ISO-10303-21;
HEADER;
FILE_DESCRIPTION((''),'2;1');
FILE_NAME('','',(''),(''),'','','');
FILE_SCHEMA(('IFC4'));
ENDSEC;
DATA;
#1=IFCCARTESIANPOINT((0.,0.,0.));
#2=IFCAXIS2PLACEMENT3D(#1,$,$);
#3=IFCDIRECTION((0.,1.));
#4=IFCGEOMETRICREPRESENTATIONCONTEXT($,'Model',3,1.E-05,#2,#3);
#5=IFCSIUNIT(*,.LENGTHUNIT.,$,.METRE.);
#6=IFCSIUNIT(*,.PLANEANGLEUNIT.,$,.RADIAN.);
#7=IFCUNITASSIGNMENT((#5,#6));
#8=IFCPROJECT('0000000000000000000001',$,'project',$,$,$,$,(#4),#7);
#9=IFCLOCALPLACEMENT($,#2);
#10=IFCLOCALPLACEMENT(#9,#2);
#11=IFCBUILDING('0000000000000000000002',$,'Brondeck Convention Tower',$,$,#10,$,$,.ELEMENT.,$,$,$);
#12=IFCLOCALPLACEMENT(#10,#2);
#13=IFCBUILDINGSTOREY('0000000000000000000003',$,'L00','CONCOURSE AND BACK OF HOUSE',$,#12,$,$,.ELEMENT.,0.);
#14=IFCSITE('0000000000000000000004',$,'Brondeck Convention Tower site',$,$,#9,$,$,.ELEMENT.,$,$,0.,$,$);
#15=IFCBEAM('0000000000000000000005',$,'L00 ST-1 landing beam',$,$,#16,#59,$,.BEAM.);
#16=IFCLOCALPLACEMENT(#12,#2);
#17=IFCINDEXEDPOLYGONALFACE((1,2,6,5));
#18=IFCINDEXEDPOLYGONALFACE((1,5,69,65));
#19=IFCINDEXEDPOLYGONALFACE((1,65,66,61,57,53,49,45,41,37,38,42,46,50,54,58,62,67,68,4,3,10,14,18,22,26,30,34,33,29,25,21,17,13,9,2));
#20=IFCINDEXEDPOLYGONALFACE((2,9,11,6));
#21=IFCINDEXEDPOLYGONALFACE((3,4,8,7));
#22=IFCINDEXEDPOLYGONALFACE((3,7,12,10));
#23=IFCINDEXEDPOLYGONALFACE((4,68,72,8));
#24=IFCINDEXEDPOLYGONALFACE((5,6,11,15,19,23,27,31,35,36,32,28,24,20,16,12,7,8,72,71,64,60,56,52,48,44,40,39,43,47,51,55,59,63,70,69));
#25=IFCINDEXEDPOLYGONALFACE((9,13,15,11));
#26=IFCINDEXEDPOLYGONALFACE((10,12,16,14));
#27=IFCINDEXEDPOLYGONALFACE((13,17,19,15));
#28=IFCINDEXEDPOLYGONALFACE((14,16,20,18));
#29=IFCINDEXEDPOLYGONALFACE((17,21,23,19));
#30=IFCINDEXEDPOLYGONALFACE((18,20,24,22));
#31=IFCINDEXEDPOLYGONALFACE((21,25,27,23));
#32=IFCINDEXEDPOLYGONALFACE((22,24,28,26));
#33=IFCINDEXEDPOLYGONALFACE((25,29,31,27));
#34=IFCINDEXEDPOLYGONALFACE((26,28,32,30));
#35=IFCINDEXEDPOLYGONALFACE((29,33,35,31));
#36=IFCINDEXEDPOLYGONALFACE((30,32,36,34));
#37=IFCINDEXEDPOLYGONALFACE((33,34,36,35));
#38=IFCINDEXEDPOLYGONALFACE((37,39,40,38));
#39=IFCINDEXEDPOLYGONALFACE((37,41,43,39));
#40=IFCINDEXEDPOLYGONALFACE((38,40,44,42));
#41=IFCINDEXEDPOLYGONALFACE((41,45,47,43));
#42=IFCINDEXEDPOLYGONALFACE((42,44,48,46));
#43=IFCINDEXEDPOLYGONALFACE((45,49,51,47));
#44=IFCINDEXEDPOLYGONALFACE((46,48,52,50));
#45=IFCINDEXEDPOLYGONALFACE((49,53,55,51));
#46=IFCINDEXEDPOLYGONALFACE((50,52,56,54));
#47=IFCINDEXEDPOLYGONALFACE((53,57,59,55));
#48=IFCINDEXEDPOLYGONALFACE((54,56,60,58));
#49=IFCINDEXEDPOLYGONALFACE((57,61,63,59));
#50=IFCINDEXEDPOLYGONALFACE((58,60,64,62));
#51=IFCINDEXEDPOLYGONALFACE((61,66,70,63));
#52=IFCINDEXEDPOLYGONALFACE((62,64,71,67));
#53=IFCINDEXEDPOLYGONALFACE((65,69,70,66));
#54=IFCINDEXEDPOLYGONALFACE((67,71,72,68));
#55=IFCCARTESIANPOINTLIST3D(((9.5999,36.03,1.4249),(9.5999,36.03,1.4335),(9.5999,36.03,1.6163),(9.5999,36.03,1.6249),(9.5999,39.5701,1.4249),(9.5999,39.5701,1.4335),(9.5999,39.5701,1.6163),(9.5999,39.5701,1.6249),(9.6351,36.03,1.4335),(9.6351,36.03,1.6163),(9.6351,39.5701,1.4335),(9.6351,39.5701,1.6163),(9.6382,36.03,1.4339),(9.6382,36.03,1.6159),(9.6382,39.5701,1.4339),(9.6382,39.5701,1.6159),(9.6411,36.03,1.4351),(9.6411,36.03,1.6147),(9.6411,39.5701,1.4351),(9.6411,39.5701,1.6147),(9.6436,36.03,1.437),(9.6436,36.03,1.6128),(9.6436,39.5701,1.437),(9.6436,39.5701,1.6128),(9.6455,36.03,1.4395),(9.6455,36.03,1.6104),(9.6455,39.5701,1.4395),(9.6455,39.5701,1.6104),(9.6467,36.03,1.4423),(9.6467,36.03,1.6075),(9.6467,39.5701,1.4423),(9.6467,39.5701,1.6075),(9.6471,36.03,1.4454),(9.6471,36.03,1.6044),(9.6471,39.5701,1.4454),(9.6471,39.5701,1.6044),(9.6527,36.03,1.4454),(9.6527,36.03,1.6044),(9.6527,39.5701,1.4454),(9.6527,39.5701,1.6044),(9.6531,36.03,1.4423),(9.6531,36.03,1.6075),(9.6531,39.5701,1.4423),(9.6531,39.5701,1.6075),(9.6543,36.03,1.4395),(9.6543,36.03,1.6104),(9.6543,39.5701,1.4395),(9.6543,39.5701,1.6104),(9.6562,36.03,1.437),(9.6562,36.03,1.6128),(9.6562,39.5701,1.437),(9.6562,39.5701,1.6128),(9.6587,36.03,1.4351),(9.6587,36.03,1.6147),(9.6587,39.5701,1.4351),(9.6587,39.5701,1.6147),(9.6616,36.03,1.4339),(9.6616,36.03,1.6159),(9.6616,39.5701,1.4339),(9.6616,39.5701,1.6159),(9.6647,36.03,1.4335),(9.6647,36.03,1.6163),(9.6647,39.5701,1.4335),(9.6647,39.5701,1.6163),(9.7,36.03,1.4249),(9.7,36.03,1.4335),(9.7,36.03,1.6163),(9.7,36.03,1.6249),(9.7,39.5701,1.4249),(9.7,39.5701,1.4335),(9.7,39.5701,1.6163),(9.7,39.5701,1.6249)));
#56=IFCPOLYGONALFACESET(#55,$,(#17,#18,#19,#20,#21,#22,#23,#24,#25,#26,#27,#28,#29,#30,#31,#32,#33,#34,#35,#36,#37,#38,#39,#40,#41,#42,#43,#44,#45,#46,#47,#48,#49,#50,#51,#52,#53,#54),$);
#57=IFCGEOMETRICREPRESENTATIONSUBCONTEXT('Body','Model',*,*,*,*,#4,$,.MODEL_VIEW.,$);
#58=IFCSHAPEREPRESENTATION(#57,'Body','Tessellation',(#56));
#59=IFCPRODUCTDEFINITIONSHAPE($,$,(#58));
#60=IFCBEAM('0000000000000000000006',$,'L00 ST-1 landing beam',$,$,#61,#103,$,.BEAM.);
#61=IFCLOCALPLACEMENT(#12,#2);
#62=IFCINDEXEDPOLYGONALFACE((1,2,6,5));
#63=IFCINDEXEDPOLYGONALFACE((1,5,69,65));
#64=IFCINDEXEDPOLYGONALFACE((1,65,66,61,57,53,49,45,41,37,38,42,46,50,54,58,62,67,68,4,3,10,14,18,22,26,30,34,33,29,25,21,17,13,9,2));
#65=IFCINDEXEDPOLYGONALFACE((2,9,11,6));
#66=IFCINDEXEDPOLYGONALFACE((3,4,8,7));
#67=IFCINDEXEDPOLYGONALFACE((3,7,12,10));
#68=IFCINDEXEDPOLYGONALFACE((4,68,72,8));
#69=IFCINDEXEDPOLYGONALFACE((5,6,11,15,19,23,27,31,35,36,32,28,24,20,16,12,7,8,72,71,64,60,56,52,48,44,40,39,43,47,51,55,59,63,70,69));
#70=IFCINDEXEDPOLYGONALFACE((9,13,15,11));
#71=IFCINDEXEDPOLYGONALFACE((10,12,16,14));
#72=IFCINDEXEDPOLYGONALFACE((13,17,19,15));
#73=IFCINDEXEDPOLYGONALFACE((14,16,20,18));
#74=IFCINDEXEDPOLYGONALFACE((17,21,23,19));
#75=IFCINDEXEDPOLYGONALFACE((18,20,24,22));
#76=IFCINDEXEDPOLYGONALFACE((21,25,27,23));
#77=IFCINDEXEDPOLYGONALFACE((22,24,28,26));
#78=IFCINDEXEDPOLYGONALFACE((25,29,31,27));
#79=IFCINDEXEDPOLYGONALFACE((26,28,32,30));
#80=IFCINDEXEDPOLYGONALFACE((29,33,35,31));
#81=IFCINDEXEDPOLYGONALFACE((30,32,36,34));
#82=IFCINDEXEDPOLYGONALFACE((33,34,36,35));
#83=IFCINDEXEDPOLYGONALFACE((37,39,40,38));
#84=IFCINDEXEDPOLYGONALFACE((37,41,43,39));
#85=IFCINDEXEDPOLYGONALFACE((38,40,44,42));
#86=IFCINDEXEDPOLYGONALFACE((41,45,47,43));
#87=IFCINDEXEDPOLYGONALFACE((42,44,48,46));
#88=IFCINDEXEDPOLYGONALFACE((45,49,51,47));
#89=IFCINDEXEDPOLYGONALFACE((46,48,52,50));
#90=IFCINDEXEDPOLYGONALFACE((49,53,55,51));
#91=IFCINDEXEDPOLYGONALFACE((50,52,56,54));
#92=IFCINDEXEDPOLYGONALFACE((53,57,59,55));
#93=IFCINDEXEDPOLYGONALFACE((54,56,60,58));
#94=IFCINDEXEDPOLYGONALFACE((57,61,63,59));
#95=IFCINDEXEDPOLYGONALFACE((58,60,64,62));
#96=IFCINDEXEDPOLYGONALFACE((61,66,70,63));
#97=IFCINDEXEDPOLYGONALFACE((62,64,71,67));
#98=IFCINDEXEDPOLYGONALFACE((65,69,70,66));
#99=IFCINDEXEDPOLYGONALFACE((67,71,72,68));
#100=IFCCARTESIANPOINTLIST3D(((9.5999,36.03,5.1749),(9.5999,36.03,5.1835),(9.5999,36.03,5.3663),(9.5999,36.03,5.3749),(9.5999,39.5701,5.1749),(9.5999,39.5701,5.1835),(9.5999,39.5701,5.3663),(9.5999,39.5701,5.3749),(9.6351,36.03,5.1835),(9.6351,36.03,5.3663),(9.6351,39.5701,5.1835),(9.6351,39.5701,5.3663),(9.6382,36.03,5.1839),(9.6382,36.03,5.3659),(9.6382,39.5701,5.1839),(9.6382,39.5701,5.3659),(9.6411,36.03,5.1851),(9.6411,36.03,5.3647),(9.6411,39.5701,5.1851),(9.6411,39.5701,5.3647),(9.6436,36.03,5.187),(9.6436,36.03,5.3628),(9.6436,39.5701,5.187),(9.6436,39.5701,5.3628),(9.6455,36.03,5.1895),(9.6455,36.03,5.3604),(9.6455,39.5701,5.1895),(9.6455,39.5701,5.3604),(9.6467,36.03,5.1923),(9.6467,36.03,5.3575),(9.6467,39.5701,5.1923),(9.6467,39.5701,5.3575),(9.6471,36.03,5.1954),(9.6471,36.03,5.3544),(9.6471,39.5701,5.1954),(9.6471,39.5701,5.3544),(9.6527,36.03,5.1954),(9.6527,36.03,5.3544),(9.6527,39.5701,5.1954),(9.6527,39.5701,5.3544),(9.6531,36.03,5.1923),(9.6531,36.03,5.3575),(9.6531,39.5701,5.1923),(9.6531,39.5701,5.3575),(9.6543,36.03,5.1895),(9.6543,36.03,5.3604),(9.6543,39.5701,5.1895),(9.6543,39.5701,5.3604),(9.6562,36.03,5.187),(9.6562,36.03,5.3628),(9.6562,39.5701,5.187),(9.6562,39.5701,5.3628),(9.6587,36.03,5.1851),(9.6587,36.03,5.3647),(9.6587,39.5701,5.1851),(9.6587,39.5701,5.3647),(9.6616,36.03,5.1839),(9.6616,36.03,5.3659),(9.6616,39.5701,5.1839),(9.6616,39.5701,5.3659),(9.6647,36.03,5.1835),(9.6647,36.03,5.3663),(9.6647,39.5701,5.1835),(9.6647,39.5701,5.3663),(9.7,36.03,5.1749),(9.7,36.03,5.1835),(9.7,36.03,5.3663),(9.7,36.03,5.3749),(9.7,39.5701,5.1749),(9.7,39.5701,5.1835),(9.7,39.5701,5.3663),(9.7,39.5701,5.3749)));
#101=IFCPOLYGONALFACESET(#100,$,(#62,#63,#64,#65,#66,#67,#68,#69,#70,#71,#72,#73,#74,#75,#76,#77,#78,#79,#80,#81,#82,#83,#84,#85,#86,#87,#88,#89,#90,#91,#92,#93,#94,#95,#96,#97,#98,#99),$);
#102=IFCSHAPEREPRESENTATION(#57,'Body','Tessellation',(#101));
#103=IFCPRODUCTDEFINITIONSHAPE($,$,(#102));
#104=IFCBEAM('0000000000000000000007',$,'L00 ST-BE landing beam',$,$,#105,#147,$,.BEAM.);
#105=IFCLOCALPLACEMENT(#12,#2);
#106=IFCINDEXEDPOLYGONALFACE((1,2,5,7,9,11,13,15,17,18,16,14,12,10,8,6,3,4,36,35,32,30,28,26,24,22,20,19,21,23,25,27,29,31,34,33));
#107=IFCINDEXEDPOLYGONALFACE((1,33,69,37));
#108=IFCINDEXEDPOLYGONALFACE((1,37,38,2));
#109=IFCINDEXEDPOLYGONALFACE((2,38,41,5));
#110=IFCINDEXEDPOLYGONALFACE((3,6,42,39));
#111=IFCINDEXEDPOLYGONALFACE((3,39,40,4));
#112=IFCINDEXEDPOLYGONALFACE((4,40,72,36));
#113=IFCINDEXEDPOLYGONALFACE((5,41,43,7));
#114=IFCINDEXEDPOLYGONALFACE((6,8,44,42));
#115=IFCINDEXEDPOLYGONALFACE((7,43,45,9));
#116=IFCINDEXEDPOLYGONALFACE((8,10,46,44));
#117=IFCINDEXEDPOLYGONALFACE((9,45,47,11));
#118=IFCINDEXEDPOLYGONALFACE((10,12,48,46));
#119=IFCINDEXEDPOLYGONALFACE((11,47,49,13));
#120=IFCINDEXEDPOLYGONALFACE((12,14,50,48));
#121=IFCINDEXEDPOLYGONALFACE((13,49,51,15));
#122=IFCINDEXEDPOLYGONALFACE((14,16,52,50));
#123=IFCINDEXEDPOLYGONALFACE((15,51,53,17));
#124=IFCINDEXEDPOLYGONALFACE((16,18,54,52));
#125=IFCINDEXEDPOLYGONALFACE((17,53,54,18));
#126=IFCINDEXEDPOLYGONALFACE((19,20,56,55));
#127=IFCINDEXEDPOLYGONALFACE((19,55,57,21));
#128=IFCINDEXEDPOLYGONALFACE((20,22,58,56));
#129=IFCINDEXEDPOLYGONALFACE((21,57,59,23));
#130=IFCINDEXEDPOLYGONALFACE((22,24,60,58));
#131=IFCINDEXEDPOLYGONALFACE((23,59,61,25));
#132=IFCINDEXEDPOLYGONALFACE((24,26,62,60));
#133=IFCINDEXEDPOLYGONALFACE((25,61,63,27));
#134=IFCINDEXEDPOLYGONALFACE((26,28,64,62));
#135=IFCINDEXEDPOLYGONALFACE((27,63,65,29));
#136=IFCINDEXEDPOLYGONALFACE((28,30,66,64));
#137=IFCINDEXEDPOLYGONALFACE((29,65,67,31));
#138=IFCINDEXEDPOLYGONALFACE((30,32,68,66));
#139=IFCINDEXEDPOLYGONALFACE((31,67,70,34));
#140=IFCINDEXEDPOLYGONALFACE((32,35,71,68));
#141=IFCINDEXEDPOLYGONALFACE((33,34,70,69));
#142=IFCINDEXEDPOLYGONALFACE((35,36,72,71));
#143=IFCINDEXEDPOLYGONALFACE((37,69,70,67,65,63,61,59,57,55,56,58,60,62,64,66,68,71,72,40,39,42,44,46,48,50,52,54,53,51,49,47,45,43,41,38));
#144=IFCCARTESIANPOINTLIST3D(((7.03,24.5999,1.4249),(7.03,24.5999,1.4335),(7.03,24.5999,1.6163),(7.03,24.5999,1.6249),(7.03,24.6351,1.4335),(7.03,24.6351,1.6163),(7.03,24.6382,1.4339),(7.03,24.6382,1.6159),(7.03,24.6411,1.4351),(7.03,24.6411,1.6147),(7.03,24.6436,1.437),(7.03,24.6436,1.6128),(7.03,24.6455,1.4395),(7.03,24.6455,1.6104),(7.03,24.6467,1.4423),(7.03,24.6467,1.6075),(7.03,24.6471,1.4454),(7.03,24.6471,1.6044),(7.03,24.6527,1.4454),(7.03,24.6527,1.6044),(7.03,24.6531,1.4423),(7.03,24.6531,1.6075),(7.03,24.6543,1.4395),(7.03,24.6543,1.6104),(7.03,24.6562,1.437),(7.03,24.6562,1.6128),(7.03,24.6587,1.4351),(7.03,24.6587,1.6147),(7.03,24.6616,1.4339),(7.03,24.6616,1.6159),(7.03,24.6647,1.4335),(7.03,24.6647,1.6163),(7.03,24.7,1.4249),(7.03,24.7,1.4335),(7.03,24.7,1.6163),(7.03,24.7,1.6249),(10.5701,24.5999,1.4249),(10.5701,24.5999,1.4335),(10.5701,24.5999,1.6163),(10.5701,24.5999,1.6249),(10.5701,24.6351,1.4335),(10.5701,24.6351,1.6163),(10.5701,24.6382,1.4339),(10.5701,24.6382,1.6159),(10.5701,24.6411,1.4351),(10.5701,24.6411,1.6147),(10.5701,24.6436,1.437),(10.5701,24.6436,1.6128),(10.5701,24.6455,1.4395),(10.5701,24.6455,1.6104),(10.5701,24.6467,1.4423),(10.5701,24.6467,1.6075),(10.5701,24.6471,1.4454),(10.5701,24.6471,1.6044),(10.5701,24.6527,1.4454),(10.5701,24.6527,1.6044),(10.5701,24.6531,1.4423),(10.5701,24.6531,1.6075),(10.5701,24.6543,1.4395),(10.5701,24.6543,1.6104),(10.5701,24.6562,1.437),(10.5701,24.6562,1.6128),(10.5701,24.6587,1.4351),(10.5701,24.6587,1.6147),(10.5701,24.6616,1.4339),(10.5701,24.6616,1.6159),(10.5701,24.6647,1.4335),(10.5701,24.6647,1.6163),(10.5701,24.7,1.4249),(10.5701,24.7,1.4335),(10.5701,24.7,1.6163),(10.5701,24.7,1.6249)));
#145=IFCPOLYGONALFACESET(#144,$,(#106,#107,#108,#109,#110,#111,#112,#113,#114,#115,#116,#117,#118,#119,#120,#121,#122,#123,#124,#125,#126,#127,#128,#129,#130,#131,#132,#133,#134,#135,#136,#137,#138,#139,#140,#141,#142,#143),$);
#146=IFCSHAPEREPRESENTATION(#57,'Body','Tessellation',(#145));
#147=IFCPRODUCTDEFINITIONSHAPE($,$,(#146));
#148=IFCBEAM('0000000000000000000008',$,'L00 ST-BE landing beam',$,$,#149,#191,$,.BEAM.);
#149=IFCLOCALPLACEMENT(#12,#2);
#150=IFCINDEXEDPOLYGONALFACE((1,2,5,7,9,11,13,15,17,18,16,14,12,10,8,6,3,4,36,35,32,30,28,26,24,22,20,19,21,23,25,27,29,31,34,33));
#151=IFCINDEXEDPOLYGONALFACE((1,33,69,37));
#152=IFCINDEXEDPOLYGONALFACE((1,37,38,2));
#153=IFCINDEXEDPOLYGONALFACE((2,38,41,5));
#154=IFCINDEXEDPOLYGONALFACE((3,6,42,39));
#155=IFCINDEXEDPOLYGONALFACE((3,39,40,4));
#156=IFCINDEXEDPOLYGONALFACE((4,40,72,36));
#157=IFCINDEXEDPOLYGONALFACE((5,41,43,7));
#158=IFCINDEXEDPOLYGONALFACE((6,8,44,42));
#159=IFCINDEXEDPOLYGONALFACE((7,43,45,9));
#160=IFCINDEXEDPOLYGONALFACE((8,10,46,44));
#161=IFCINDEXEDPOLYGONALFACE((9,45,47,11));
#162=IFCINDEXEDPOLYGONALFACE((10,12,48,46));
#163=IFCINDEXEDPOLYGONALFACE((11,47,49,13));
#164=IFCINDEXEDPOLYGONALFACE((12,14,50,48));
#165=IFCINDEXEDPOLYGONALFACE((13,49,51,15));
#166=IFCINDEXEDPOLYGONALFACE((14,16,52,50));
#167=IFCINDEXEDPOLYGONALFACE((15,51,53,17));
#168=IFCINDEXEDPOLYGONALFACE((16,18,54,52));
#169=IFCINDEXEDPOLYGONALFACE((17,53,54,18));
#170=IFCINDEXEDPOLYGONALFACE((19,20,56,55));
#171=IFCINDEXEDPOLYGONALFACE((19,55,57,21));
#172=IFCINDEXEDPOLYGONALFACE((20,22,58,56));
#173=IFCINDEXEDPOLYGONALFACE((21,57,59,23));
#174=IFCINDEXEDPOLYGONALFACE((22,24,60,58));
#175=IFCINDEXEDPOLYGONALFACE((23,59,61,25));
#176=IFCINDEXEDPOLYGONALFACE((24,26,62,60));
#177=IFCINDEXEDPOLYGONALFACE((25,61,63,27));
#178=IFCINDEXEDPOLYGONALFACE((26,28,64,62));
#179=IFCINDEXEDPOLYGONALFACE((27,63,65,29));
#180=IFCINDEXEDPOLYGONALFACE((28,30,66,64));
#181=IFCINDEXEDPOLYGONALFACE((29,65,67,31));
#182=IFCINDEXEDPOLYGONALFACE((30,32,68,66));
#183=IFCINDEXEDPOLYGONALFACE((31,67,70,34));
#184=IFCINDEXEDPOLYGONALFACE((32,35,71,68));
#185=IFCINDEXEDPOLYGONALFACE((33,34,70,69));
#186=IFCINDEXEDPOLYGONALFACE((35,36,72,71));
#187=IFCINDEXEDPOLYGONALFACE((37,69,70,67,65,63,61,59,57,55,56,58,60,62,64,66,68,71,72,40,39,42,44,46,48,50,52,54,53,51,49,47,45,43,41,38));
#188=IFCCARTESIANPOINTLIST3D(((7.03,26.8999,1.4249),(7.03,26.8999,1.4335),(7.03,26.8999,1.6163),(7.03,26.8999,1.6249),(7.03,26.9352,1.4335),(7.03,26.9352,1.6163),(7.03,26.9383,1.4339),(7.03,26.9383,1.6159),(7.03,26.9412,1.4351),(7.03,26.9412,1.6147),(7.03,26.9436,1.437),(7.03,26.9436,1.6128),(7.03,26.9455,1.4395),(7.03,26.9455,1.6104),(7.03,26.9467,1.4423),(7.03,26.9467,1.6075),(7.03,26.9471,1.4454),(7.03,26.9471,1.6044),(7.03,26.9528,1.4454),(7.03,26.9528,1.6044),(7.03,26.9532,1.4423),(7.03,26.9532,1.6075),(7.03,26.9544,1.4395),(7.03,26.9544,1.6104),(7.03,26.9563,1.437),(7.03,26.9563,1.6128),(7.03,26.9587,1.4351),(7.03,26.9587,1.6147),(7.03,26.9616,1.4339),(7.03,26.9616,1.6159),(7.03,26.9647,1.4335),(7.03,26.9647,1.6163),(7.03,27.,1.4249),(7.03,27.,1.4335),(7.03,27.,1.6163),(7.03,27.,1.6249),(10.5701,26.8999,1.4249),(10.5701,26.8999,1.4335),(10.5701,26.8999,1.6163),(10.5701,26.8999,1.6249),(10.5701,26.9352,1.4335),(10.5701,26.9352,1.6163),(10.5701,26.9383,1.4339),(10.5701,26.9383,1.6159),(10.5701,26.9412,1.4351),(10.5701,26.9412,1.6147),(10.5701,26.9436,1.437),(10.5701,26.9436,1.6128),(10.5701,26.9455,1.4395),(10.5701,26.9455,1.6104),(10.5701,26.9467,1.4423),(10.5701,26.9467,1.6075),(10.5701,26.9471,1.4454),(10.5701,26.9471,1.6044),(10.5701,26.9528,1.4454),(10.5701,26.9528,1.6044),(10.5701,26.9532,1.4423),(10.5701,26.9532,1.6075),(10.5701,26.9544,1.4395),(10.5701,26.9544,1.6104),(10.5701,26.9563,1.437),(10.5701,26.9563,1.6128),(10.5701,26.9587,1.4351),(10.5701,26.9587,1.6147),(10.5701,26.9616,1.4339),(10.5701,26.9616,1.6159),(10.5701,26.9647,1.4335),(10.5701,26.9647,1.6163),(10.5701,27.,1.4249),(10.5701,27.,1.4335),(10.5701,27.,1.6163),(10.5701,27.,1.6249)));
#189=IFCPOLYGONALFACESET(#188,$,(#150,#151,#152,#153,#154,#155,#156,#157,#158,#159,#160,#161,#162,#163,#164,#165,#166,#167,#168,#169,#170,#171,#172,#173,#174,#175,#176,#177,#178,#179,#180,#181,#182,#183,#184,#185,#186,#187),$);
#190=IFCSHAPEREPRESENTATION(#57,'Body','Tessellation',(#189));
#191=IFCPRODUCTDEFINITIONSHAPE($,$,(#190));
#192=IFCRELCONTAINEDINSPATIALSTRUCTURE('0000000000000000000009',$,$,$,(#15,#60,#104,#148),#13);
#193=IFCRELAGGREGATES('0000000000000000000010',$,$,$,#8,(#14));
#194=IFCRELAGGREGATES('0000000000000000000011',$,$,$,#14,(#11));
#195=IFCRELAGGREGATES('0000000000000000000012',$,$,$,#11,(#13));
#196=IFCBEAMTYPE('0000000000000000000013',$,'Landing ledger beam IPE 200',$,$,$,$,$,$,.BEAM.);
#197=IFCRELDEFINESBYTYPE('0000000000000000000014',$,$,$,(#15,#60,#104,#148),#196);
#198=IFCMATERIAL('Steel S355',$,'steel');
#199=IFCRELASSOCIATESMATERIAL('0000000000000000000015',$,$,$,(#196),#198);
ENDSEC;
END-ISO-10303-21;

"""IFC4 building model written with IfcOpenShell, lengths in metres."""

from ifc_helpers import new_model, si_unit, direction, frame, origin, origin_2d, place, context, subcontext, project, spatial, i_section, extrude, material, material_profile, profile_set, type_object, element, save


model = new_model("IFC4")

# Units and contexts
model_context = context("Model", 3, precision=1e-05, world=origin(), true_north=direction((0.0, 1.0)))
body_context = subcontext(model_context, "Body", "Model", "MODEL_VIEW")
ifc_project = project(units=[si_unit("LENGTHUNIT", "METRE"), si_unit("PLANEANGLEUNIT", "RADIAN")], contexts=[model_context])

# Site, building, storey
site_placement = place(None, origin())
site = spatial("IfcSite", under=ifc_project, at=site_placement, Name="Brondeck Convention Tower site", CompositionType="ELEMENT", RefElevation=0.0)
building_placement = place(site_placement, origin())
building = spatial("IfcBuilding", under=site, at=building_placement, Name="Brondeck Convention Tower", CompositionType="ELEMENT")
storey_placement = place(building_placement, origin())
storey = spatial("IfcBuildingStorey", under=building, at=storey_placement, Name="L00", Description="CONCOURSE AND BACK OF HOUSE", CompositionType="ELEMENT", Elevation=0.0)

# Beams
ifc_material_1 = material(Name="Steel S355", Category="steel")
ifc_material_profile = material_profile(ifc_material_1, i_section(OverallWidth=0.1001, OverallDepth=0.2, WebThickness=0.0056, FlangeThickness=0.0085, FilletRadius=0.012, at=origin_2d()), Name="IPE200")
ifc_profile_set = profile_set([ifc_material_profile], Name="Steel S355")
beam_type = type_object("IfcBeamType", Name="Landing ledger beam IPE 200", PredefinedType="BEAM", material=ifc_profile_set)
for number, where, z_axis, x_axis, name in (
    (1, (9.6499, 36.03, 1.5249), (0.0, 1.0, 0.0), (-1.0, 0.0, 0.0), "L00 ST-1 landing beam"),
    (2, (9.6499, 36.03, 5.2749), (0.0, 1.0, 0.0), (-1.0, 0.0, 0.0), "L00 ST-1 landing beam"),
    (3, (10.5701, 24.6499, 1.5249), (-1.0, 0.0, 0.0), (0.0, -1.0, 0.0), "L00 ST-BE landing beam"),
    (4, (10.5701, 26.95, 1.5249), (-1.0, 0.0, 0.0), (0.0, -1.0, 0.0), "L00 ST-BE landing beam"),
):
    element("IfcBeam", number, at=place(storey_placement, frame(where, z_axis=z_axis, x_axis=x_axis)), inside=storey, type_object=beam_type, Name=name, PredefinedType="BEAM", context=body_context, shape_type="SweptSolid", body=[
        extrude(i_section(OverallWidth=0.1001, OverallDepth=0.2, WebThickness=0.0056, FlangeThickness=0.0085, FilletRadius=0.012, at=origin_2d()), origin(), (0.0, 0.0, 1.0), 3.54),
    ])

save(model, "model.ifc")
